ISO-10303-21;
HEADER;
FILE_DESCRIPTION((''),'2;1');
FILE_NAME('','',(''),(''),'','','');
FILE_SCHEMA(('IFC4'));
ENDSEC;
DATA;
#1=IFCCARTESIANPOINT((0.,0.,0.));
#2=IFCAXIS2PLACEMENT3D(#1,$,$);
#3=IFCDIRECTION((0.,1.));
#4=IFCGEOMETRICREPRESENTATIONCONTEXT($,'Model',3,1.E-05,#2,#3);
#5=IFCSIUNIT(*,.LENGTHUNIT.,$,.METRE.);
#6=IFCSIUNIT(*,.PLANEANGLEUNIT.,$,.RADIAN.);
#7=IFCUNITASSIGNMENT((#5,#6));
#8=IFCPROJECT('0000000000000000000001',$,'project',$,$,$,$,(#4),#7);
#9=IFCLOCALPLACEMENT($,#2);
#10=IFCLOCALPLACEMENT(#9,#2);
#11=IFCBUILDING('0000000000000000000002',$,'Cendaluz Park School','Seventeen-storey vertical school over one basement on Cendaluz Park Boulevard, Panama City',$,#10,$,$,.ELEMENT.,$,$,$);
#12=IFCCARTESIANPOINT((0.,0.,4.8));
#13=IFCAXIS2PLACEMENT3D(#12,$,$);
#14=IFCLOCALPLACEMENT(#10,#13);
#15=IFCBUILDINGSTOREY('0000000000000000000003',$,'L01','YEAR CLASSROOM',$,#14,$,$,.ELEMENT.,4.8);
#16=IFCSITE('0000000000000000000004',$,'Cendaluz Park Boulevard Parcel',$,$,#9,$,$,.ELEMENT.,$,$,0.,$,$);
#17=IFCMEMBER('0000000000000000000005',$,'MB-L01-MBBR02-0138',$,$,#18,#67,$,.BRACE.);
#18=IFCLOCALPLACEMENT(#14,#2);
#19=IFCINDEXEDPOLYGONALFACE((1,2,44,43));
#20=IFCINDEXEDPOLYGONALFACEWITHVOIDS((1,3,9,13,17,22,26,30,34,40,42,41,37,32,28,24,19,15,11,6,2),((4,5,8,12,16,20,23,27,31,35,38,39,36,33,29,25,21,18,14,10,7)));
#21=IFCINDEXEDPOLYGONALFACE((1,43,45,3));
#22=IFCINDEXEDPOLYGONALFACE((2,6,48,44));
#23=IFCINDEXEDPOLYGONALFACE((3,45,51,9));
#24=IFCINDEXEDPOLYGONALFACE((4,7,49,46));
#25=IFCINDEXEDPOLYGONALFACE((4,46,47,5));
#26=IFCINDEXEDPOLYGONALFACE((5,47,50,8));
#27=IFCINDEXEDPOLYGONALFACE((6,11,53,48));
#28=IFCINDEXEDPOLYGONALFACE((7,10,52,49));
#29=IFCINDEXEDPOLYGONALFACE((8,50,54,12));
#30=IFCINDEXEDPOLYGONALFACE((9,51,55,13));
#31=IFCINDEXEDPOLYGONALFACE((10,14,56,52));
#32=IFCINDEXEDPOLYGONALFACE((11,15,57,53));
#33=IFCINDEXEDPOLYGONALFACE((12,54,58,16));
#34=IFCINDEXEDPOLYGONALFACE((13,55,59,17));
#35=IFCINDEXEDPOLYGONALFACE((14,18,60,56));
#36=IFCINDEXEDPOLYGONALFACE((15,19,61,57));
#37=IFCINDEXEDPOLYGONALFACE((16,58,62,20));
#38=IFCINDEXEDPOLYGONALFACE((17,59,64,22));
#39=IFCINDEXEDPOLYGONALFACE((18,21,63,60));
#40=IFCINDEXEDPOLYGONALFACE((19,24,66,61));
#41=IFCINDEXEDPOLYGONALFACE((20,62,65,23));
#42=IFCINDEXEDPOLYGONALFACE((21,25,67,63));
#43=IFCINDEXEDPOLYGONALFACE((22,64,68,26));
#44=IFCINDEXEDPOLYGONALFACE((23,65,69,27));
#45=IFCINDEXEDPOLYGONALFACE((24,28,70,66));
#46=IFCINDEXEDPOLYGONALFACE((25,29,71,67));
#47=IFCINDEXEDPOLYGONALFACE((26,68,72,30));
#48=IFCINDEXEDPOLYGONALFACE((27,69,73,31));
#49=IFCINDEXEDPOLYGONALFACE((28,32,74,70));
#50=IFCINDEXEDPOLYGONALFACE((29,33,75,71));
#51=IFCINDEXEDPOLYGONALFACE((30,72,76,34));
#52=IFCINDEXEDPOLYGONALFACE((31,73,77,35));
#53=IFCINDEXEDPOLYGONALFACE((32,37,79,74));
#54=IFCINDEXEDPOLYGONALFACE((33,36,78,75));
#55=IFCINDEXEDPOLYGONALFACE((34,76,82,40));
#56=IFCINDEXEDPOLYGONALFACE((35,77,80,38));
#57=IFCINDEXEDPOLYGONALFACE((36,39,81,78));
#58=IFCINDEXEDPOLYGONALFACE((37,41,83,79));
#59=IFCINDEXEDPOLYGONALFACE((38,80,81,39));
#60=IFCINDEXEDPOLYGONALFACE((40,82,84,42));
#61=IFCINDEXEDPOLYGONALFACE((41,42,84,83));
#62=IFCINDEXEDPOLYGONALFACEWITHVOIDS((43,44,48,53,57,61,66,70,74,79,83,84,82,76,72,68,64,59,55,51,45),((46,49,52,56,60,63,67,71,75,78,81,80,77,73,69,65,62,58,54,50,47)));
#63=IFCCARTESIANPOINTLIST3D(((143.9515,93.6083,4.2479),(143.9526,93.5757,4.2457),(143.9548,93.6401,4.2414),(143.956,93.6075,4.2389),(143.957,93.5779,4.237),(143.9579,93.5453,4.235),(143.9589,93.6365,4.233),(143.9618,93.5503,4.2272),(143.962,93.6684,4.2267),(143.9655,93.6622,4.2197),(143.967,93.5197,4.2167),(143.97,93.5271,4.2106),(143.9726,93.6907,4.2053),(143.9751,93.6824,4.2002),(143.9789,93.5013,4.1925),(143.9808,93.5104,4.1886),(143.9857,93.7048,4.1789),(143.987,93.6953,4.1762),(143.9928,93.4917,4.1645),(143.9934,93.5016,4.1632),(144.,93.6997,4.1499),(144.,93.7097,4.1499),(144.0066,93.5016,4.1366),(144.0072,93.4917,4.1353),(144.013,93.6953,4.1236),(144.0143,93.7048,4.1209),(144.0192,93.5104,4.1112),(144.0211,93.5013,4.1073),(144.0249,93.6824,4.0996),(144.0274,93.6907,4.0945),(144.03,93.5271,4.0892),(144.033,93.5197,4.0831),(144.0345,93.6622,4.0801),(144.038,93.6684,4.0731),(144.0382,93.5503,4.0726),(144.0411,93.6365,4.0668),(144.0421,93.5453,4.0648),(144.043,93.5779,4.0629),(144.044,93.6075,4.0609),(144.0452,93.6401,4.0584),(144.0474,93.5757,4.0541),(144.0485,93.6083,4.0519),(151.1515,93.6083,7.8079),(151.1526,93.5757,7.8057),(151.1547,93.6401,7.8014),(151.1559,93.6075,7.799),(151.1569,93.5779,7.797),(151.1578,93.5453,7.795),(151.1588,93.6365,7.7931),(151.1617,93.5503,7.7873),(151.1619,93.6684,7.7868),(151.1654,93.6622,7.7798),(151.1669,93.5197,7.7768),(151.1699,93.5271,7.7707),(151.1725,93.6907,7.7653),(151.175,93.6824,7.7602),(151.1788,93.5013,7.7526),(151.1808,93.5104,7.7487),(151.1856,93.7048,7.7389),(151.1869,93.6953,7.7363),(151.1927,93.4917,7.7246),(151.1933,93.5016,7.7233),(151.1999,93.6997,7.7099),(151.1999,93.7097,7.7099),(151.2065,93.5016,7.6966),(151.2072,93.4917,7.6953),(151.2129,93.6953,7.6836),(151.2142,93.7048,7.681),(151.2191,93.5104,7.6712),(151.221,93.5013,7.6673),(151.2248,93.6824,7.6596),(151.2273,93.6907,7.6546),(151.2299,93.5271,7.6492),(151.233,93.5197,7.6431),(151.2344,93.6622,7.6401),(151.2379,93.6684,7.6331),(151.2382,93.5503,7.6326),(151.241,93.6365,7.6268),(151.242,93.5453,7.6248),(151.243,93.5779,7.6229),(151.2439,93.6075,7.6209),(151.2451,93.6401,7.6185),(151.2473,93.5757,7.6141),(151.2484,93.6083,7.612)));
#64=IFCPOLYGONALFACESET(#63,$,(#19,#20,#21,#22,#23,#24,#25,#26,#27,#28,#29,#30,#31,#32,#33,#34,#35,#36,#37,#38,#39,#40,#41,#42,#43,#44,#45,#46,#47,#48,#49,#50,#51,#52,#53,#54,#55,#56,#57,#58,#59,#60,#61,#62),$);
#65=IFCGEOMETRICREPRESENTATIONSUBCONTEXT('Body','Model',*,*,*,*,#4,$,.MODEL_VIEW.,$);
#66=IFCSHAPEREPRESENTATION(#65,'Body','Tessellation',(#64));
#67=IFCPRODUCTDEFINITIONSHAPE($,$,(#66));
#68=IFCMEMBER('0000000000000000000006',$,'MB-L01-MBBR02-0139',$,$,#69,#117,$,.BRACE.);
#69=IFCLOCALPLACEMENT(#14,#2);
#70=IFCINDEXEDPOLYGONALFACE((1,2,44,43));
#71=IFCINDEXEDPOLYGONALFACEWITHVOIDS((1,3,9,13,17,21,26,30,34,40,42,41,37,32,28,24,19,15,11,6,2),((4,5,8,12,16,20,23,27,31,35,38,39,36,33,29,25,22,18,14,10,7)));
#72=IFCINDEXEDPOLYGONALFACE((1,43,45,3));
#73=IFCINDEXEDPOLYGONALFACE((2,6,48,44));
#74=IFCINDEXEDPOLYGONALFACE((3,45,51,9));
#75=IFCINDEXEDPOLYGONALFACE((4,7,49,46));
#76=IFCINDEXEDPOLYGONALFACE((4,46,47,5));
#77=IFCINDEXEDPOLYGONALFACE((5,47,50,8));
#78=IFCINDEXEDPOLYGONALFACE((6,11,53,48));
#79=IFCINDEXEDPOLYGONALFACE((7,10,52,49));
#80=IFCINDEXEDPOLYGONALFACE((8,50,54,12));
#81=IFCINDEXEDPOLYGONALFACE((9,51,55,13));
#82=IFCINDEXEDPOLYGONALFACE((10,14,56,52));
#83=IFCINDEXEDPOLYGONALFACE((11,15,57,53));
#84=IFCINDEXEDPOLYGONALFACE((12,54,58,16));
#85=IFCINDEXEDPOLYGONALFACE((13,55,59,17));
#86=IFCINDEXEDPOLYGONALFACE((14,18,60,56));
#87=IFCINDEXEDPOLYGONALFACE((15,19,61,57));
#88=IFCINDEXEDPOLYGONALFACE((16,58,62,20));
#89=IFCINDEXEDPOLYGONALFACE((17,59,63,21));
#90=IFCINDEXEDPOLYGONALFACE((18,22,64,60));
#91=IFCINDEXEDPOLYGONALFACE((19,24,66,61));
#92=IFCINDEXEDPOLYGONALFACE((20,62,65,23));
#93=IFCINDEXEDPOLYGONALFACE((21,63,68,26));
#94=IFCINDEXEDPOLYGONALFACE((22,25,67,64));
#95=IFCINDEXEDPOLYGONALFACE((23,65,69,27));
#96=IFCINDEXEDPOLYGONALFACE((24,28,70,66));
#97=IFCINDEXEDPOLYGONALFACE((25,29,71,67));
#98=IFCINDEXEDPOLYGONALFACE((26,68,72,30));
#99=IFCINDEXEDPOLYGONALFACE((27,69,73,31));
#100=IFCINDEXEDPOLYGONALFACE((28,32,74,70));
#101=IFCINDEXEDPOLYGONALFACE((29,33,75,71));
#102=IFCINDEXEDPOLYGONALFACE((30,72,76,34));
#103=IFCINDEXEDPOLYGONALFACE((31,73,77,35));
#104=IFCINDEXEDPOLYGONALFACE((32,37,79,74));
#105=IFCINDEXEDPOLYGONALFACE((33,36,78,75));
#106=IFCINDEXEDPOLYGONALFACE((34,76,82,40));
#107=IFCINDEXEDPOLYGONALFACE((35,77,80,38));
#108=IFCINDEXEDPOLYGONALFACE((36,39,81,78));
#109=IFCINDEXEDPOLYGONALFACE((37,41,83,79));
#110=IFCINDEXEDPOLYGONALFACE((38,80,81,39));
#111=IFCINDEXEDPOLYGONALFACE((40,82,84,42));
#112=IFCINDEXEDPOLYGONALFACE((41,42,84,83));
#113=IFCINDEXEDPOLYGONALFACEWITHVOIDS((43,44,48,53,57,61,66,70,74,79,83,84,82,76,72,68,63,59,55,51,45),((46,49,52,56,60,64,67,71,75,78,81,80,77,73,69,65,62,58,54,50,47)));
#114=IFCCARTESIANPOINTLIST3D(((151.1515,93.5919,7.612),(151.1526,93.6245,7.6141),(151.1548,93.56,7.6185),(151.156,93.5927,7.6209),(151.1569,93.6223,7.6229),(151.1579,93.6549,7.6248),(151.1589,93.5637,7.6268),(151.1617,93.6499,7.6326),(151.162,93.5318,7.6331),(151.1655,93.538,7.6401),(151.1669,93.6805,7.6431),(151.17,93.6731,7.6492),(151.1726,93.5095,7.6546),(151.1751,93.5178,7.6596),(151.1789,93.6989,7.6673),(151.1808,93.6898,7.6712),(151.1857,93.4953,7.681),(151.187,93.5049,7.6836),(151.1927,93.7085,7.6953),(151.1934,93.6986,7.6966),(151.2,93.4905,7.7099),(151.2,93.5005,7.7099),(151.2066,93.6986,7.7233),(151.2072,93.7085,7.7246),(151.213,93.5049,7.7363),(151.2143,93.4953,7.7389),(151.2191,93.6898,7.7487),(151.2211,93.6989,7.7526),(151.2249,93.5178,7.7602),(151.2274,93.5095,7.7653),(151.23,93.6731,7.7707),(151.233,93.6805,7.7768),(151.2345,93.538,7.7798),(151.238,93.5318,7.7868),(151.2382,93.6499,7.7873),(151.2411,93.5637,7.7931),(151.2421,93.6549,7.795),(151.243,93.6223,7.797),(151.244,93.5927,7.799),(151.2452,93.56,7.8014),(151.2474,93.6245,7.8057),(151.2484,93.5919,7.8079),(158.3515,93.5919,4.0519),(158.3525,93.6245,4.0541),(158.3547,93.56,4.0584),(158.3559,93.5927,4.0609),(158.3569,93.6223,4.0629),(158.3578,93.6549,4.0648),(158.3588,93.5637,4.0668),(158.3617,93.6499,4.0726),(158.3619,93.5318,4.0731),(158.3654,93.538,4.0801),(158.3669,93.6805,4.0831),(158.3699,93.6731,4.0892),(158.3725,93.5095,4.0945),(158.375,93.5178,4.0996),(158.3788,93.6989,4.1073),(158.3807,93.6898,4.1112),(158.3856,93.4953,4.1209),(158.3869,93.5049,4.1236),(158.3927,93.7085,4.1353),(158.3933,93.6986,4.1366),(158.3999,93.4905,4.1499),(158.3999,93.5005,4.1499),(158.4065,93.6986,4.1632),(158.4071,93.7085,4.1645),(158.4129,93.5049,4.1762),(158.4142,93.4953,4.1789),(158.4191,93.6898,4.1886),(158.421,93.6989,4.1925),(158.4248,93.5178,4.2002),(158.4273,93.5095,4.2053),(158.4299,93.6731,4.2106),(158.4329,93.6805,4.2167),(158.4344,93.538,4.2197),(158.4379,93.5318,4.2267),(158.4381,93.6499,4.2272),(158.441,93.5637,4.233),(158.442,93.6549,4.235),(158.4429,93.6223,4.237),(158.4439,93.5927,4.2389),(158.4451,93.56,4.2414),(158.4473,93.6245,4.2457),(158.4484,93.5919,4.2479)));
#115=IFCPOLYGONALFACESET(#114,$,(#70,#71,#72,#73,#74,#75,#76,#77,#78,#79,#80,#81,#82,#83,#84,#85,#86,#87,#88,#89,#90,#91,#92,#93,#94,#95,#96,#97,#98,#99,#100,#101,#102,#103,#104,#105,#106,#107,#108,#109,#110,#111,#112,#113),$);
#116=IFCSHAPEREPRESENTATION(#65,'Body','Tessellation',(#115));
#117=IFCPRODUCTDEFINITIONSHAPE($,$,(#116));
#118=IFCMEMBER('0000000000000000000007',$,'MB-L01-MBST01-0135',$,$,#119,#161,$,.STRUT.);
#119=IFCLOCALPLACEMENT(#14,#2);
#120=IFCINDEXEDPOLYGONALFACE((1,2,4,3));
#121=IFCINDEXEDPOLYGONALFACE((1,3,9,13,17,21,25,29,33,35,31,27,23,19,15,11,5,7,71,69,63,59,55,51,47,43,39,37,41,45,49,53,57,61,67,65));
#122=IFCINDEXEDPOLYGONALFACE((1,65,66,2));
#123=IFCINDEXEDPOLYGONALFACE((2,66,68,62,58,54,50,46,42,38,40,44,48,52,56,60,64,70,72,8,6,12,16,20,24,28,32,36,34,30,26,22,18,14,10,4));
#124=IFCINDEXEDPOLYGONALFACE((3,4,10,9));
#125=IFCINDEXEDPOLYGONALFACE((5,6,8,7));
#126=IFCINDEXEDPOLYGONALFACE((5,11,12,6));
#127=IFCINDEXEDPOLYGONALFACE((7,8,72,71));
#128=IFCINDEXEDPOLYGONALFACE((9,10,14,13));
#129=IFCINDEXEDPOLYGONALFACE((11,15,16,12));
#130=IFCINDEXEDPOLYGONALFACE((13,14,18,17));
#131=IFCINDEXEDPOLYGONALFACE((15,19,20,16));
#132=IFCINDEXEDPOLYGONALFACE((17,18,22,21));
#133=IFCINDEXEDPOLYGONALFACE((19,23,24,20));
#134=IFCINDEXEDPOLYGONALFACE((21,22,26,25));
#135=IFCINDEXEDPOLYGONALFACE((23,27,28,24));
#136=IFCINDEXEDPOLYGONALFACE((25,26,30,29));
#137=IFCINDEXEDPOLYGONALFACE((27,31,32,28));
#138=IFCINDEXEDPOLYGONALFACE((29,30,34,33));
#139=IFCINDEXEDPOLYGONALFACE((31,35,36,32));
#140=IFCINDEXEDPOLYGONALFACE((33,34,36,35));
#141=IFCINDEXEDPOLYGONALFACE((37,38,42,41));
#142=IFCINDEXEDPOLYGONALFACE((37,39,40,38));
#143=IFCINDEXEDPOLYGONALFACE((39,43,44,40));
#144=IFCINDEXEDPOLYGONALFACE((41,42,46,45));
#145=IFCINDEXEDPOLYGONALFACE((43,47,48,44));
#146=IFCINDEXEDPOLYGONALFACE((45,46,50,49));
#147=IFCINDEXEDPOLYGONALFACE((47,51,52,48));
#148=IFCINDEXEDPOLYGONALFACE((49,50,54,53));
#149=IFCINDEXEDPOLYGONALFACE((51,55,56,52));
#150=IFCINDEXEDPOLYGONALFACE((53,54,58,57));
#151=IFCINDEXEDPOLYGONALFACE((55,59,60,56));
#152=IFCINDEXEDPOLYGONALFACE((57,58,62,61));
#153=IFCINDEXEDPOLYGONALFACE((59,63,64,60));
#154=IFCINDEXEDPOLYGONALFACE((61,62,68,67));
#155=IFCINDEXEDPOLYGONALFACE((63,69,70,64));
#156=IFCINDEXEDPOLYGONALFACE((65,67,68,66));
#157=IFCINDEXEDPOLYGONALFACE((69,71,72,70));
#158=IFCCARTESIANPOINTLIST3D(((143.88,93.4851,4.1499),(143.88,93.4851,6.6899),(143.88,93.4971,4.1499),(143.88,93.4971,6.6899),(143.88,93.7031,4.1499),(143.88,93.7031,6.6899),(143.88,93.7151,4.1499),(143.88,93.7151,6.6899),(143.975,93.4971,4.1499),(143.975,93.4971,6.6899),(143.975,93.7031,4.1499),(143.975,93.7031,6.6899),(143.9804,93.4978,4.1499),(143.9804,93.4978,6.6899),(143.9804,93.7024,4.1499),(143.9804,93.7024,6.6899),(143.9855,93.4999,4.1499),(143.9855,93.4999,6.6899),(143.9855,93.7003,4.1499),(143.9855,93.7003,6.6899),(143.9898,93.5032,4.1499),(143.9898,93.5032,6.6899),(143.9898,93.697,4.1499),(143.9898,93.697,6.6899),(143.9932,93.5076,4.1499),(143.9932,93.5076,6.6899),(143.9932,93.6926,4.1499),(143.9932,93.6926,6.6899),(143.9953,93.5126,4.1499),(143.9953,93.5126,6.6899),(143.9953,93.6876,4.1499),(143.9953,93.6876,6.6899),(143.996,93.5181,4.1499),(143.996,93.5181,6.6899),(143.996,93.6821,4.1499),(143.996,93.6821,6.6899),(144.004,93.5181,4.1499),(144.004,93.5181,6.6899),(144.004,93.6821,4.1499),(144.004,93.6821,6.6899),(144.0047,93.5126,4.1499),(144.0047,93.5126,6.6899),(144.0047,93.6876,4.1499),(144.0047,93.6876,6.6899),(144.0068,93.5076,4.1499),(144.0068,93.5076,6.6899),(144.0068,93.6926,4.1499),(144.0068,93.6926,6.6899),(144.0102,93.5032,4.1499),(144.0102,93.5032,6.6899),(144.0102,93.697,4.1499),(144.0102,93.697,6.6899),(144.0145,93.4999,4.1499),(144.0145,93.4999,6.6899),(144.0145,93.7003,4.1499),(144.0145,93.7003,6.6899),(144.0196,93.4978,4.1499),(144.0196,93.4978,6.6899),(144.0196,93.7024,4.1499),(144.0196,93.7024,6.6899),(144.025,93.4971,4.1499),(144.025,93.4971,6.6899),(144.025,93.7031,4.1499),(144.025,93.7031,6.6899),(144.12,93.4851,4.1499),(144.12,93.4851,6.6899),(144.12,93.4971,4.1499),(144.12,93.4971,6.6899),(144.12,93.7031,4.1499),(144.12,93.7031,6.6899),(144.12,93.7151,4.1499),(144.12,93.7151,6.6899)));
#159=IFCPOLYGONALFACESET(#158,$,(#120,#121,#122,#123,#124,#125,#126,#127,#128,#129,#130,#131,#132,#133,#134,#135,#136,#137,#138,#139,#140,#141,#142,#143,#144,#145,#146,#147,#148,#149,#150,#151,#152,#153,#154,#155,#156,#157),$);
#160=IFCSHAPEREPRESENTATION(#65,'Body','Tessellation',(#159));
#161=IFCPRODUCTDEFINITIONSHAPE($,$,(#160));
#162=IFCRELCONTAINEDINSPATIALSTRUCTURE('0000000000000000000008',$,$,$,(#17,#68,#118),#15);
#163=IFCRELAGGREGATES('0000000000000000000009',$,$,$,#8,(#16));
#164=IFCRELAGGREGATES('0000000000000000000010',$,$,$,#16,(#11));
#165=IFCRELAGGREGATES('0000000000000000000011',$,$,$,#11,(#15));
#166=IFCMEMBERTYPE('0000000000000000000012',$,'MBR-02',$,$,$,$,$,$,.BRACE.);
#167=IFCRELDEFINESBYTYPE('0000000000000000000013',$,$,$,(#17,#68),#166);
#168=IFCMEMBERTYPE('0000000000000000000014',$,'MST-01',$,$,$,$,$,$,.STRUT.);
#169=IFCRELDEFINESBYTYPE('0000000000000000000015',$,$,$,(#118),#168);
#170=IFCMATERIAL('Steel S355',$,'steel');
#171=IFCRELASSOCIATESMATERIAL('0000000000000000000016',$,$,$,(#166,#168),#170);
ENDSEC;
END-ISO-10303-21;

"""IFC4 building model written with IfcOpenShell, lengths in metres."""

from ifc_helpers import new_model, si_unit, direction, frame, origin, origin_2d, place, context, subcontext, project, spatial, hollow_circle, i_section, extrude, material, material_profile, profile_set, type_object, element, save


model = new_model("IFC4")

# Units and contexts
model_context = context("Model", 3, precision=1e-05, world=origin(), true_north=direction((0.0, 1.0)))
body_context = subcontext(model_context, "Body", "Model", "MODEL_VIEW")
ifc_project = project(units=[si_unit("LENGTHUNIT", "METRE"), si_unit("PLANEANGLEUNIT", "RADIAN")], contexts=[model_context])

# Site, building, storey
site_placement = place(None, origin())
site = spatial("IfcSite", under=ifc_project, at=site_placement, Name="Cendaluz Park Boulevard Parcel", CompositionType="ELEMENT", RefElevation=0.0)
building_placement = place(site_placement, origin())
building = spatial("IfcBuilding", under=site, at=building_placement, Name="Cendaluz Park School", Description="Seventeen-storey vertical school over one basement on Cendaluz Park Boulevard, Panama City", CompositionType="ELEMENT")
storey_placement = place(building_placement, frame((0.0, 0.0, 4.8)))
storey = spatial("IfcBuildingStorey", under=building, at=storey_placement, Name="L01", Description="YEAR CLASSROOM", CompositionType="ELEMENT", Elevation=4.8)

# Members
ifc_material_1 = material(Name="Steel S355", Category="steel")
ifc_material_profile_1 = material_profile(ifc_material_1, hollow_circle(Radius=0.1096, WallThickness=0.01, at=origin_2d()), Name="CHS 219x10", Category="steel")
ifc_profile_set_1 = profile_set([ifc_material_profile_1], Name="Steel S355")
member_type_1 = type_object("IfcMemberType", Name="MBR-02", PredefinedType="BRACE", material=ifc_profile_set_1)
for number, where, z_axis, x_axis, name in (
    (1, (144.0, 93.6001, 4.1499), (0.896406, 0.0, 0.443233), (0.0, 1.0, 0.0), "MB-L01-MBBR02-0138"),
    (2, (158.3999, 93.6001, 4.1499), (-0.896406, 0.0, 0.443233), (0.0, -1.0, 0.0), "MB-L01-MBBR02-0139"),
):
    element("IfcMember", number, at=place(storey_placement, frame(where, z_axis=z_axis, x_axis=x_axis)), inside=storey, type_object=member_type_1, Name=name, PredefinedType="BRACE", context=body_context, shape_type="SweptSolid", body=[
        extrude(hollow_circle(Radius=0.1096, WallThickness=0.01, at=origin_2d()), origin(), (0.0, 0.0, 1.0), 8.032),
    ])
ifc_material_profile_2 = material_profile(ifc_material_1, i_section(OverallWidth=0.24, OverallDepth=0.23, WebThickness=0.0081, FlangeThickness=0.012, FilletRadius=0.021, at=origin_2d()), Name="HEA 240", Category="steel")
ifc_profile_set_2 = profile_set([ifc_material_profile_2], Name="Steel S355")
member_type_2 = type_object("IfcMemberType", Name="MST-01", PredefinedType="STRUT", material=ifc_profile_set_2)
member_1_placement = place(storey_placement, frame((144.0, 93.6001, 4.1499), z_axis=(0.0, 0.0, 1.0), x_axis=(1.0, 0.0, 0.0)))
element("IfcMember", 3, at=member_1_placement, inside=storey, type_object=member_type_2, Name="MB-L01-MBST01-0135", PredefinedType="STRUT", context=body_context, shape_type="SweptSolid", body=[
    extrude(i_section(OverallWidth=0.24, OverallDepth=0.23, WebThickness=0.0081, FlangeThickness=0.012, FilletRadius=0.021, at=origin_2d()), origin(), (0.0, 0.0, 1.0), 2.54),
])

save(model, "model.ifc")
